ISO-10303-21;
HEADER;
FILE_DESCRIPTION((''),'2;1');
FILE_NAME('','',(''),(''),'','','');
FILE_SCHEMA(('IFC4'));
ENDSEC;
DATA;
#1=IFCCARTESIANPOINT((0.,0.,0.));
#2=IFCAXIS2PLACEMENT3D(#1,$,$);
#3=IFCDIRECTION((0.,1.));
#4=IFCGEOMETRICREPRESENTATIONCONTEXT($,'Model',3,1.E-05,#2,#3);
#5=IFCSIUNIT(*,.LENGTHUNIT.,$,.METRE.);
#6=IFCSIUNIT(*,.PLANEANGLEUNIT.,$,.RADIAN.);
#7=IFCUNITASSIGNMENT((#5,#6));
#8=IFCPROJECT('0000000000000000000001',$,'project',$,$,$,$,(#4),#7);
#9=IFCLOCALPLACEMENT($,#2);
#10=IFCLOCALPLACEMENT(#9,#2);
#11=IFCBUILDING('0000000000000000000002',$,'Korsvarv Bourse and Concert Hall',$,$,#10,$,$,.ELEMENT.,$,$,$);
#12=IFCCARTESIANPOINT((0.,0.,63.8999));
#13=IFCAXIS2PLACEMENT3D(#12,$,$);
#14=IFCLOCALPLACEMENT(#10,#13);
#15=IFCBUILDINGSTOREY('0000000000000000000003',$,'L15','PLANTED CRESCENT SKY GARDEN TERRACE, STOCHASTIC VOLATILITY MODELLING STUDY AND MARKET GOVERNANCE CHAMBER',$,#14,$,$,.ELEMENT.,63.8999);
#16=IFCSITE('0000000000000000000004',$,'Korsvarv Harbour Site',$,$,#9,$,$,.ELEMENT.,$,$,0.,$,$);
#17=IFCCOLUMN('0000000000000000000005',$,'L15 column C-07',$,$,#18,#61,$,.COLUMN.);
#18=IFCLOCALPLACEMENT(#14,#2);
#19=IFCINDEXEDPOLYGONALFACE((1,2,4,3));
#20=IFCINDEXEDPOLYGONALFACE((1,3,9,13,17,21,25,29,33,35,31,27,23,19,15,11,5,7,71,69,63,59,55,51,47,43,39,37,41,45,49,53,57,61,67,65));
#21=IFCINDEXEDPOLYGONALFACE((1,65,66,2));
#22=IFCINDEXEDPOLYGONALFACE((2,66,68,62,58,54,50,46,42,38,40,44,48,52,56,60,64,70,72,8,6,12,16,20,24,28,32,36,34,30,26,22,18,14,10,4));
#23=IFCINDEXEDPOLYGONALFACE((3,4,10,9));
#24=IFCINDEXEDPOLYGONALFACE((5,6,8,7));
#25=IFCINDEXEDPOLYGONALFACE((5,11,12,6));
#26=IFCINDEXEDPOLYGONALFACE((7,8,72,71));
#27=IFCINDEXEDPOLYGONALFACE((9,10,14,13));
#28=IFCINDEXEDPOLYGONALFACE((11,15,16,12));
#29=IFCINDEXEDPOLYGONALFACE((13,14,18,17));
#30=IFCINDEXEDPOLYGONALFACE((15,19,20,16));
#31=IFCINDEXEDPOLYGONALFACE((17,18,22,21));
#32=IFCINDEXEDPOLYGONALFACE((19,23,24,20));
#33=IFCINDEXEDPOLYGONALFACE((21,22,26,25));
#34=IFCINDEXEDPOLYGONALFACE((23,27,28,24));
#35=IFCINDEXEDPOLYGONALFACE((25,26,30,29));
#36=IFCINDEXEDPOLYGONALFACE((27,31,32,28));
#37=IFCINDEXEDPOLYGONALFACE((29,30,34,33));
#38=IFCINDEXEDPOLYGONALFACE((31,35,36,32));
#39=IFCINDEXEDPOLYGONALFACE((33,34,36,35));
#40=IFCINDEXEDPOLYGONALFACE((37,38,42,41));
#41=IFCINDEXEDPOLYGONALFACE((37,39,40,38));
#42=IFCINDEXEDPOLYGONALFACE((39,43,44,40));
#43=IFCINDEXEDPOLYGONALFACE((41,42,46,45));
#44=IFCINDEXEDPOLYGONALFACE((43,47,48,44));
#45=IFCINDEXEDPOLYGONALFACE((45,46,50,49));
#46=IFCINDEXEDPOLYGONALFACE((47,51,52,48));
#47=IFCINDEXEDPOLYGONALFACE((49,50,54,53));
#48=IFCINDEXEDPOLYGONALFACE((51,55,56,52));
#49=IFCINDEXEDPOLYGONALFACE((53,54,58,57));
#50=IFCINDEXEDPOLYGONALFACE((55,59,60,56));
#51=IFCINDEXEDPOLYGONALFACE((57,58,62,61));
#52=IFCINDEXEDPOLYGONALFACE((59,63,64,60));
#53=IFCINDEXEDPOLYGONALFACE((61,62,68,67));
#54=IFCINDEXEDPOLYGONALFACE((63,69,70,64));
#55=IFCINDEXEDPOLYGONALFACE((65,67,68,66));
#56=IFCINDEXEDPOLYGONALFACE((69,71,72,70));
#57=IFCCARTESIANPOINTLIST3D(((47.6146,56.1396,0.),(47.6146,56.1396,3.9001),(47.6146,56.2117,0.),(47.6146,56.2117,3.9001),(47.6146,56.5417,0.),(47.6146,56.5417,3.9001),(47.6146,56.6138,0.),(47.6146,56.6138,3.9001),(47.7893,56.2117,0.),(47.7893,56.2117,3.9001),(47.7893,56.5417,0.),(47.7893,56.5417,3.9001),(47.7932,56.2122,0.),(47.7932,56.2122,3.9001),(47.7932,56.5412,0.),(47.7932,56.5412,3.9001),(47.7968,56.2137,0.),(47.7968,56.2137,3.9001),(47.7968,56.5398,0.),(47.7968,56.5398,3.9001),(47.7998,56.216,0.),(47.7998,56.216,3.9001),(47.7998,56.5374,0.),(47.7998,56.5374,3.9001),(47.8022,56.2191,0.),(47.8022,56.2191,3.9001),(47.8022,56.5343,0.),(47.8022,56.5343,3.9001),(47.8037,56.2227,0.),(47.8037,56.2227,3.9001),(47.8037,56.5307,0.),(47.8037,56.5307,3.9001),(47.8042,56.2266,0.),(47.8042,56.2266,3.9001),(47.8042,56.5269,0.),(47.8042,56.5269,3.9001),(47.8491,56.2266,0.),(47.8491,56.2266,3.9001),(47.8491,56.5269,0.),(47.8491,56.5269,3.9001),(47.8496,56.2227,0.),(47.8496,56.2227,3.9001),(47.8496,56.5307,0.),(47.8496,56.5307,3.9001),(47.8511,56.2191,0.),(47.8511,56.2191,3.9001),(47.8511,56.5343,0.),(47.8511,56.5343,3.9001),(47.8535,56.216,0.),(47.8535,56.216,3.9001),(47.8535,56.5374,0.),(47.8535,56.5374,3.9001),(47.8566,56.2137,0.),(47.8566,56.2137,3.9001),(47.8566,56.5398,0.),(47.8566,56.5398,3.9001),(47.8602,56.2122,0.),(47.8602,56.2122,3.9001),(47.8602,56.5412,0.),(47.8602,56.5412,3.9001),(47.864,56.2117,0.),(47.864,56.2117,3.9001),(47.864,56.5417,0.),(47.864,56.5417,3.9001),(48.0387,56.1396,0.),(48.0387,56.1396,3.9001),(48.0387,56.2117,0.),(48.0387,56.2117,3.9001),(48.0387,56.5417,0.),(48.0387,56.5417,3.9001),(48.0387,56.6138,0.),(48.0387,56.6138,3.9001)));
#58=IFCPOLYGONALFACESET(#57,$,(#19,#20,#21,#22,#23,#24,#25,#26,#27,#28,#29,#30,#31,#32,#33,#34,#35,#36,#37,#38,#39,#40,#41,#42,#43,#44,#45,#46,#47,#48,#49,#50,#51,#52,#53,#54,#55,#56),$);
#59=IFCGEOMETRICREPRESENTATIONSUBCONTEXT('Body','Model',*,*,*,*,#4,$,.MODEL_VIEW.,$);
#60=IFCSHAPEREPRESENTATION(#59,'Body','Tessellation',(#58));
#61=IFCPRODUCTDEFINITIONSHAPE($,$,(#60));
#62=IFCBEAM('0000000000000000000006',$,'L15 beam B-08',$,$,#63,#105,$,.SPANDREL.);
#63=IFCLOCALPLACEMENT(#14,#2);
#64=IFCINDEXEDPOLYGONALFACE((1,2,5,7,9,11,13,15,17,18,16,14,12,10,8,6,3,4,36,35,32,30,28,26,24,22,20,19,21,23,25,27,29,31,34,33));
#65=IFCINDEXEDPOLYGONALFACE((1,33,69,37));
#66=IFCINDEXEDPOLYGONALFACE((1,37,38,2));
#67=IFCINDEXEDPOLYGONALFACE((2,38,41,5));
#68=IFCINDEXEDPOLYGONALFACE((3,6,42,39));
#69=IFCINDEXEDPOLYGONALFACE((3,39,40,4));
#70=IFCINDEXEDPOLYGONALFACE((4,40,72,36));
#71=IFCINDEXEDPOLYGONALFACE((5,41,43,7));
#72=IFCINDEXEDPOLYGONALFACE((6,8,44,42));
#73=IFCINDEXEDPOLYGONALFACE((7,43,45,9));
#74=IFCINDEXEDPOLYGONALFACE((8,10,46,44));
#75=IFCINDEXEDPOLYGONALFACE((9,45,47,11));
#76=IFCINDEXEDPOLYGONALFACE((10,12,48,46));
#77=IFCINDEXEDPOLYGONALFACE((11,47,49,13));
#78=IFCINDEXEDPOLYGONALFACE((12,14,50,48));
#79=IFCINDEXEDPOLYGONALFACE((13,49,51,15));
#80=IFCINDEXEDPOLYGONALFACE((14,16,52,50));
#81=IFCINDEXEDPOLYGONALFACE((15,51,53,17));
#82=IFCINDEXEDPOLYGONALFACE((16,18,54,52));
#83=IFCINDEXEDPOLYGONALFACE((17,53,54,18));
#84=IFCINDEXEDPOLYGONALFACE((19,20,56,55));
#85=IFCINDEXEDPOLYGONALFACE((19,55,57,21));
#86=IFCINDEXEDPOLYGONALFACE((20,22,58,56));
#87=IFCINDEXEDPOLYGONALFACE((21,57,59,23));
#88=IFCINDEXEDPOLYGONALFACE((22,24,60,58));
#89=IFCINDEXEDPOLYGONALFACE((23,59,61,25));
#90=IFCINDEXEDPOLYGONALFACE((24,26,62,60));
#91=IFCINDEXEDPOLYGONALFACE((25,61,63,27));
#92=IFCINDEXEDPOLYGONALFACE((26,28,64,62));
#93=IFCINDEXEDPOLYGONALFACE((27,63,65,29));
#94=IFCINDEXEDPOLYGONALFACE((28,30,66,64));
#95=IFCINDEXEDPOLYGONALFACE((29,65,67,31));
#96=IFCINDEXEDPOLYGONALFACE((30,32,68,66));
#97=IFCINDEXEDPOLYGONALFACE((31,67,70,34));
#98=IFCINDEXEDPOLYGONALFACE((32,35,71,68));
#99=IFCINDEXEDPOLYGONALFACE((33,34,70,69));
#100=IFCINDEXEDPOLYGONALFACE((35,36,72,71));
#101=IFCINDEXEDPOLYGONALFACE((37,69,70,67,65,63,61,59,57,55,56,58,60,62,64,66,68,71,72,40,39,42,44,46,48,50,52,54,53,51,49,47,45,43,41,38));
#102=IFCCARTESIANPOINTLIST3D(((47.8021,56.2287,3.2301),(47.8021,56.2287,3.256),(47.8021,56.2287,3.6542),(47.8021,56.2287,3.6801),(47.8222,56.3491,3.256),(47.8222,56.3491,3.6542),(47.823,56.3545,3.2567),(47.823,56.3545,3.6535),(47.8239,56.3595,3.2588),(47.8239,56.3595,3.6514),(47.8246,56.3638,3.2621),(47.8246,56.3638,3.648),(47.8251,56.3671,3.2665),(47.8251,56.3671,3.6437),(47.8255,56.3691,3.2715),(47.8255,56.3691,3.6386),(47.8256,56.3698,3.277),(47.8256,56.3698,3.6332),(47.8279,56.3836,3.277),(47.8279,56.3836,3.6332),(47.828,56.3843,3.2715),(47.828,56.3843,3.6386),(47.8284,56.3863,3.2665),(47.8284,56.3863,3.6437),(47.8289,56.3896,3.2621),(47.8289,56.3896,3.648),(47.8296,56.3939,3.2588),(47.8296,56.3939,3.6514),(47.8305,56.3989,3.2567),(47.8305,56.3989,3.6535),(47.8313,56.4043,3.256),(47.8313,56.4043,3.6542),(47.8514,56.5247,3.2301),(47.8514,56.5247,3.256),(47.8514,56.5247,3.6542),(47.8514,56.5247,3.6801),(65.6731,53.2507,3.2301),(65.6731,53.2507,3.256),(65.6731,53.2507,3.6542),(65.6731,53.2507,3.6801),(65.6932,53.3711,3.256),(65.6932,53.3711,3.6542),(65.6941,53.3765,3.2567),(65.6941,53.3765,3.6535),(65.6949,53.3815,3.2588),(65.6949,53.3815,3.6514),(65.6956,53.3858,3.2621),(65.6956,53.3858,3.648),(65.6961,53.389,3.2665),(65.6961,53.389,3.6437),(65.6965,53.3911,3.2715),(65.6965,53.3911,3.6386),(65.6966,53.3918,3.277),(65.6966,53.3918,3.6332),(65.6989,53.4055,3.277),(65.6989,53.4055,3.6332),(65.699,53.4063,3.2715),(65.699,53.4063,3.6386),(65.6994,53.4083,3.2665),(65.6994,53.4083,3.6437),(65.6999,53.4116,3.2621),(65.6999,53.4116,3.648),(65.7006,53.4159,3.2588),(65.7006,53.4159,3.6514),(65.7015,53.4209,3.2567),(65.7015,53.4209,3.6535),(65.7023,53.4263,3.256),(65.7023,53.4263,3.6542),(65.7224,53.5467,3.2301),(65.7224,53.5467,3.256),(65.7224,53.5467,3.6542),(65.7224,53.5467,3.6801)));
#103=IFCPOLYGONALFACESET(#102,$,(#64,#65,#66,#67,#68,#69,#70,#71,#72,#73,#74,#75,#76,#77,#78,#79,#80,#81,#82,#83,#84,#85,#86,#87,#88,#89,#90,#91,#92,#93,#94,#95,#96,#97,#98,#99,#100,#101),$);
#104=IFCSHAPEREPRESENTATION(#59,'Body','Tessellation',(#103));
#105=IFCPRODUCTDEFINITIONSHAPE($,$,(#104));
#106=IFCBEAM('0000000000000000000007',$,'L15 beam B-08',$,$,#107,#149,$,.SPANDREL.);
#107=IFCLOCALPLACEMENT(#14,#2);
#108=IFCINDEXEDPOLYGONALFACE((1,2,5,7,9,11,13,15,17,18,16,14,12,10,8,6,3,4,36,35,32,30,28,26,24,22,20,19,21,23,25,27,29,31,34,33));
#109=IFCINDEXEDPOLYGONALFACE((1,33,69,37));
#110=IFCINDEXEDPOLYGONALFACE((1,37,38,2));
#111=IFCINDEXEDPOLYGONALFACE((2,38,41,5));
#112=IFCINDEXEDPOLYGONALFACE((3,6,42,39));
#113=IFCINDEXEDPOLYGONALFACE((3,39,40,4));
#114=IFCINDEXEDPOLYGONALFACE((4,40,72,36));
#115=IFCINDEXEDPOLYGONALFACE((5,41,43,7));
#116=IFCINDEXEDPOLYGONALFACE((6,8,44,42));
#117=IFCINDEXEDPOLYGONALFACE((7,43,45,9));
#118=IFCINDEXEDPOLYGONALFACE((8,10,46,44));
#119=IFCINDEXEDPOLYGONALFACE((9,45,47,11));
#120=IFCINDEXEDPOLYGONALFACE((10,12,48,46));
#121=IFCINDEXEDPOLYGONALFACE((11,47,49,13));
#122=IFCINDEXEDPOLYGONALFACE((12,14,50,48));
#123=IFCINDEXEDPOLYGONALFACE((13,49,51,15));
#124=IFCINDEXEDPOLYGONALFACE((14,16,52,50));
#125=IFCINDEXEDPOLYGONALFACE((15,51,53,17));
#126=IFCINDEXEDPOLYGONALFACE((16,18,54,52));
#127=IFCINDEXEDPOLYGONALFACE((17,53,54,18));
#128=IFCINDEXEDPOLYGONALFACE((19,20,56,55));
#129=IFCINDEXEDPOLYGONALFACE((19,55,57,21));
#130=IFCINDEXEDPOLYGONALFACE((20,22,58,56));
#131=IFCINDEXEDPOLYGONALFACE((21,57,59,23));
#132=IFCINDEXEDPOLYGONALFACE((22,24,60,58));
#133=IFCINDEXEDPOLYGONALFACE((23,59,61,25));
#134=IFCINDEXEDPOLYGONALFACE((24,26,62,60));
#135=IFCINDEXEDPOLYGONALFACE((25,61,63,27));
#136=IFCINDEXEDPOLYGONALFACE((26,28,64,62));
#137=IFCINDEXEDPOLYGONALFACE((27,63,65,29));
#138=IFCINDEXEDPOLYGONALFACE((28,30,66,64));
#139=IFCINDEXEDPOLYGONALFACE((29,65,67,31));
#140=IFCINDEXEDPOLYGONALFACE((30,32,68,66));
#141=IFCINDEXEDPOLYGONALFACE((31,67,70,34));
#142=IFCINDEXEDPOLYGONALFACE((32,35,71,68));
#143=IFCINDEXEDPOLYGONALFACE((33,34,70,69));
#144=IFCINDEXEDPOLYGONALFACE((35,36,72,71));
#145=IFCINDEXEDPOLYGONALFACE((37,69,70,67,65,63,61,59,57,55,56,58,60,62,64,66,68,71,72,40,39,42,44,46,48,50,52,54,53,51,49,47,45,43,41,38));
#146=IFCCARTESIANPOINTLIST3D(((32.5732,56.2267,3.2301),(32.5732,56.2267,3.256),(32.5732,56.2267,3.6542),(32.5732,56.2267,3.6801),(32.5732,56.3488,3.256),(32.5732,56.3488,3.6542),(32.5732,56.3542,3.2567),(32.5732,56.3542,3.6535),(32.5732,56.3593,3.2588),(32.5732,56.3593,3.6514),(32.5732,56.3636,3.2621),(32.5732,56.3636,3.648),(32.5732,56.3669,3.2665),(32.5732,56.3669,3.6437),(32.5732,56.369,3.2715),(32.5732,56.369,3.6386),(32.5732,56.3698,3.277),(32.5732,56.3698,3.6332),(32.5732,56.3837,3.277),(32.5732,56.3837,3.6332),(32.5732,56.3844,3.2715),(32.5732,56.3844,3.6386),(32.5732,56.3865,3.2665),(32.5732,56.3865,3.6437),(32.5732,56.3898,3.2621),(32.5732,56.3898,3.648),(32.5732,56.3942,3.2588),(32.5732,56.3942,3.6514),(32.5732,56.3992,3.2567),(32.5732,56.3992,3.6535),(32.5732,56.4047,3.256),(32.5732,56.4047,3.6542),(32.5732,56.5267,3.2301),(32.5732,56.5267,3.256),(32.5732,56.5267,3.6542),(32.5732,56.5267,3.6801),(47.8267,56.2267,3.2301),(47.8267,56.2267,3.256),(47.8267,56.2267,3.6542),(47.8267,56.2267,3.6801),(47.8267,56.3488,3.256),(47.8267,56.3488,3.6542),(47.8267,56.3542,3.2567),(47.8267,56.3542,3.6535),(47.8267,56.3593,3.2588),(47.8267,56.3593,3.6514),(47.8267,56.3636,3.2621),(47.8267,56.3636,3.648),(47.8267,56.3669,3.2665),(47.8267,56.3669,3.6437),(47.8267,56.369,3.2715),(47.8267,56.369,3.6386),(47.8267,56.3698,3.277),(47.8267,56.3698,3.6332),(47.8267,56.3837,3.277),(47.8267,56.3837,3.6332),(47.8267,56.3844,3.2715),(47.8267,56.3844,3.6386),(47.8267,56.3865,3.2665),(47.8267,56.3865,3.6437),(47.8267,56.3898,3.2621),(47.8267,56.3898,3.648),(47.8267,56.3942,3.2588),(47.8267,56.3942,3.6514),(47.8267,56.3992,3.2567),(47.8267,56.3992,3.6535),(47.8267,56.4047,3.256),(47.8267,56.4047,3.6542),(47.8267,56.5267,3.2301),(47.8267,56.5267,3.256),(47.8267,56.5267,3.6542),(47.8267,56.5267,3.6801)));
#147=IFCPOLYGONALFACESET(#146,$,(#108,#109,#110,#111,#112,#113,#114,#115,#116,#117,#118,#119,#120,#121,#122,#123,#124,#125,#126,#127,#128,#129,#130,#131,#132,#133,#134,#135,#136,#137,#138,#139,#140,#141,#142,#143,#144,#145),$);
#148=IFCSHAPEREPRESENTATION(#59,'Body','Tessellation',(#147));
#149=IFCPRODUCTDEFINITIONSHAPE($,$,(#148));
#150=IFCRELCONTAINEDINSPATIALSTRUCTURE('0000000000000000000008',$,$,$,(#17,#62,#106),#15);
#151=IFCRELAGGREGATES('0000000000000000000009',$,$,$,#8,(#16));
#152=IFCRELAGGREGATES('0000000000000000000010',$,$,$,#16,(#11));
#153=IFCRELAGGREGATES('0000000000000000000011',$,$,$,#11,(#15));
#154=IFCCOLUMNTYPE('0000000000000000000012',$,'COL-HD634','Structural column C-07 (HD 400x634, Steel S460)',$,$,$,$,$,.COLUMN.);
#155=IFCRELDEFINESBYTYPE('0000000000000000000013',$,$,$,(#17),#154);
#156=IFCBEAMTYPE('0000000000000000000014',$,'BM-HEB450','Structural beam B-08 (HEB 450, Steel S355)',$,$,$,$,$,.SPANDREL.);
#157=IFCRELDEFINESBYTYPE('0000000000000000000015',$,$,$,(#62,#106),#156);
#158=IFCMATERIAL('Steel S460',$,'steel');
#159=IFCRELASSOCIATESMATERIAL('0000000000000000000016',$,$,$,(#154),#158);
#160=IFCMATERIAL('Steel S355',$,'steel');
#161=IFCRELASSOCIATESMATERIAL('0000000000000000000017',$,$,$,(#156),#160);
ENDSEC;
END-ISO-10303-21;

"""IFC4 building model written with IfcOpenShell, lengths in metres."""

from ifc_helpers import new_model, si_unit, direction, frame, origin, origin_2d, place, context, subcontext, project, spatial, i_section, extrude, source, transform, mapped, material, material_profile, profile_set, type_object, element, save


model = new_model("IFC4")

# Units and contexts
model_context = context("Model", 3, precision=1e-05, world=origin(), true_north=direction((0.0, 1.0)))
body_context = subcontext(model_context, "Body", "Model", "MODEL_VIEW")
ifc_project = project(units=[si_unit("LENGTHUNIT", "METRE"), si_unit("PLANEANGLEUNIT", "RADIAN")], contexts=[model_context])

# Site, building, storey
site_placement = place(None, origin())
site = spatial("IfcSite", under=ifc_project, at=site_placement, Name="Korsvarv Harbour Site", CompositionType="ELEMENT", RefElevation=0.0)
building_placement = place(site_placement, origin())
building = spatial("IfcBuilding", under=site, at=building_placement, Name="Korsvarv Bourse and Concert Hall", CompositionType="ELEMENT")
storey_placement = place(building_placement, frame((0.0, 0.0, 63.8999)))
storey = spatial("IfcBuildingStorey", under=building, at=storey_placement, Name="L15", Description="PLANTED CRESCENT SKY GARDEN TERRACE, STOCHASTIC VOLATILITY MODELLING STUDY AND MARKET GOVERNANCE CHAMBER", CompositionType="ELEMENT", Elevation=63.8999)

# Column
ifc_material_1 = material(Name="Steel S460", Category="steel")
ifc_material_profile_1 = material_profile(ifc_material_1, i_section(OverallWidth=0.4241, OverallDepth=0.4741, WebThickness=0.0449, FlangeThickness=0.072, FilletRadius=0.0149, at=origin_2d()), Name="HD 400x634")
ifc_profile_set_1 = profile_set([ifc_material_profile_1], Name="Steel S460")
column_type = type_object("IfcColumnType", Name="COL-HD634", Description="Structural column C-07 (HD 400x634, Steel S460)", PredefinedType="COLUMN", material=ifc_profile_set_1)
shared_shape_1 = source(origin(), body_context, "Body", "SweptSolid", [
    extrude(i_section(OverallWidth=0.4241, OverallDepth=0.4741, WebThickness=0.0449, FlangeThickness=0.072, FilletRadius=0.0149, at=origin_2d()), origin(), (0.0, 0.0, 1.0), 3.9001),
])
column_placement = place(storey_placement, frame((47.8267, 56.3767, 0.0), z_axis=(0.0, 0.0, 1.0), x_axis=(1.0, 0.0, 0.0)))
element("IfcColumn", 1, at=column_placement, inside=storey, type_object=column_type, Name="L15 column C-07", PredefinedType="COLUMN", context=body_context, shape_type="MappedRepresentation", body=[
    mapped(shared_shape_1, transform((0.0, 0.0, 0.0), scale=1.0)),
])

# Beams
ifc_material_2 = material(Name="Steel S355", Category="steel")
ifc_material_profile_2 = material_profile(ifc_material_2, i_section(OverallWidth=0.3, OverallDepth=0.45, WebThickness=0.0139, FlangeThickness=0.0259, FilletRadius=0.021, at=origin_2d()), Name="HEB 450")
ifc_profile_set_2 = profile_set([ifc_material_profile_2], Name="Steel S355")
beam_type_1 = type_object("IfcBeamType", Name="BM-HEB450", Description="Structural beam B-08 (HEB 450, Steel S355)", PredefinedType="SPANDREL", material=ifc_profile_set_2)
shared_shape_2 = source(origin(), body_context, "Body", "SweptSolid", [
    extrude(i_section(OverallWidth=0.3, OverallDepth=0.45, WebThickness=0.0139, FlangeThickness=0.0259, FilletRadius=0.021, at=origin_2d()), origin(), (0.0, 0.0, 1.0), 18.1174),
])
beam_1_placement = place(storey_placement, frame((65.6978, 53.3987, 3.4551), z_axis=(-0.986398, 0.164373, 0.0), x_axis=(-0.164373, -0.986398, 0.0)))
element("IfcBeam", 2, at=beam_1_placement, inside=storey, type_object=beam_type_1, Name="L15 beam B-08", PredefinedType="SPANDREL", context=body_context, shape_type="MappedRepresentation", body=[
    mapped(shared_shape_2, transform((0.0, 0.0, 0.0), scale=1.0)),
])
shared_shape_3 = source(origin(), body_context, "Body", "SweptSolid", [
    extrude(i_section(OverallWidth=0.3, OverallDepth=0.45, WebThickness=0.0139, FlangeThickness=0.0259, FilletRadius=0.021, at=origin_2d()), origin(), (0.0, 0.0, 1.0), 15.2534),
])
beam_2_placement = place(storey_placement, frame((47.8267, 56.3767, 3.4551), z_axis=(-1.0, 0.0, 0.0), x_axis=(0.0, -1.0, 0.0)))
element("IfcBeam", 3, at=beam_2_placement, inside=storey, type_object=beam_type_1, Name="L15 beam B-08", PredefinedType="SPANDREL", context=body_context, shape_type="MappedRepresentation", body=[
    mapped(shared_shape_3, transform((0.0, 0.0, 0.0), scale=1.0)),
])

save(model, "model.ifc")
